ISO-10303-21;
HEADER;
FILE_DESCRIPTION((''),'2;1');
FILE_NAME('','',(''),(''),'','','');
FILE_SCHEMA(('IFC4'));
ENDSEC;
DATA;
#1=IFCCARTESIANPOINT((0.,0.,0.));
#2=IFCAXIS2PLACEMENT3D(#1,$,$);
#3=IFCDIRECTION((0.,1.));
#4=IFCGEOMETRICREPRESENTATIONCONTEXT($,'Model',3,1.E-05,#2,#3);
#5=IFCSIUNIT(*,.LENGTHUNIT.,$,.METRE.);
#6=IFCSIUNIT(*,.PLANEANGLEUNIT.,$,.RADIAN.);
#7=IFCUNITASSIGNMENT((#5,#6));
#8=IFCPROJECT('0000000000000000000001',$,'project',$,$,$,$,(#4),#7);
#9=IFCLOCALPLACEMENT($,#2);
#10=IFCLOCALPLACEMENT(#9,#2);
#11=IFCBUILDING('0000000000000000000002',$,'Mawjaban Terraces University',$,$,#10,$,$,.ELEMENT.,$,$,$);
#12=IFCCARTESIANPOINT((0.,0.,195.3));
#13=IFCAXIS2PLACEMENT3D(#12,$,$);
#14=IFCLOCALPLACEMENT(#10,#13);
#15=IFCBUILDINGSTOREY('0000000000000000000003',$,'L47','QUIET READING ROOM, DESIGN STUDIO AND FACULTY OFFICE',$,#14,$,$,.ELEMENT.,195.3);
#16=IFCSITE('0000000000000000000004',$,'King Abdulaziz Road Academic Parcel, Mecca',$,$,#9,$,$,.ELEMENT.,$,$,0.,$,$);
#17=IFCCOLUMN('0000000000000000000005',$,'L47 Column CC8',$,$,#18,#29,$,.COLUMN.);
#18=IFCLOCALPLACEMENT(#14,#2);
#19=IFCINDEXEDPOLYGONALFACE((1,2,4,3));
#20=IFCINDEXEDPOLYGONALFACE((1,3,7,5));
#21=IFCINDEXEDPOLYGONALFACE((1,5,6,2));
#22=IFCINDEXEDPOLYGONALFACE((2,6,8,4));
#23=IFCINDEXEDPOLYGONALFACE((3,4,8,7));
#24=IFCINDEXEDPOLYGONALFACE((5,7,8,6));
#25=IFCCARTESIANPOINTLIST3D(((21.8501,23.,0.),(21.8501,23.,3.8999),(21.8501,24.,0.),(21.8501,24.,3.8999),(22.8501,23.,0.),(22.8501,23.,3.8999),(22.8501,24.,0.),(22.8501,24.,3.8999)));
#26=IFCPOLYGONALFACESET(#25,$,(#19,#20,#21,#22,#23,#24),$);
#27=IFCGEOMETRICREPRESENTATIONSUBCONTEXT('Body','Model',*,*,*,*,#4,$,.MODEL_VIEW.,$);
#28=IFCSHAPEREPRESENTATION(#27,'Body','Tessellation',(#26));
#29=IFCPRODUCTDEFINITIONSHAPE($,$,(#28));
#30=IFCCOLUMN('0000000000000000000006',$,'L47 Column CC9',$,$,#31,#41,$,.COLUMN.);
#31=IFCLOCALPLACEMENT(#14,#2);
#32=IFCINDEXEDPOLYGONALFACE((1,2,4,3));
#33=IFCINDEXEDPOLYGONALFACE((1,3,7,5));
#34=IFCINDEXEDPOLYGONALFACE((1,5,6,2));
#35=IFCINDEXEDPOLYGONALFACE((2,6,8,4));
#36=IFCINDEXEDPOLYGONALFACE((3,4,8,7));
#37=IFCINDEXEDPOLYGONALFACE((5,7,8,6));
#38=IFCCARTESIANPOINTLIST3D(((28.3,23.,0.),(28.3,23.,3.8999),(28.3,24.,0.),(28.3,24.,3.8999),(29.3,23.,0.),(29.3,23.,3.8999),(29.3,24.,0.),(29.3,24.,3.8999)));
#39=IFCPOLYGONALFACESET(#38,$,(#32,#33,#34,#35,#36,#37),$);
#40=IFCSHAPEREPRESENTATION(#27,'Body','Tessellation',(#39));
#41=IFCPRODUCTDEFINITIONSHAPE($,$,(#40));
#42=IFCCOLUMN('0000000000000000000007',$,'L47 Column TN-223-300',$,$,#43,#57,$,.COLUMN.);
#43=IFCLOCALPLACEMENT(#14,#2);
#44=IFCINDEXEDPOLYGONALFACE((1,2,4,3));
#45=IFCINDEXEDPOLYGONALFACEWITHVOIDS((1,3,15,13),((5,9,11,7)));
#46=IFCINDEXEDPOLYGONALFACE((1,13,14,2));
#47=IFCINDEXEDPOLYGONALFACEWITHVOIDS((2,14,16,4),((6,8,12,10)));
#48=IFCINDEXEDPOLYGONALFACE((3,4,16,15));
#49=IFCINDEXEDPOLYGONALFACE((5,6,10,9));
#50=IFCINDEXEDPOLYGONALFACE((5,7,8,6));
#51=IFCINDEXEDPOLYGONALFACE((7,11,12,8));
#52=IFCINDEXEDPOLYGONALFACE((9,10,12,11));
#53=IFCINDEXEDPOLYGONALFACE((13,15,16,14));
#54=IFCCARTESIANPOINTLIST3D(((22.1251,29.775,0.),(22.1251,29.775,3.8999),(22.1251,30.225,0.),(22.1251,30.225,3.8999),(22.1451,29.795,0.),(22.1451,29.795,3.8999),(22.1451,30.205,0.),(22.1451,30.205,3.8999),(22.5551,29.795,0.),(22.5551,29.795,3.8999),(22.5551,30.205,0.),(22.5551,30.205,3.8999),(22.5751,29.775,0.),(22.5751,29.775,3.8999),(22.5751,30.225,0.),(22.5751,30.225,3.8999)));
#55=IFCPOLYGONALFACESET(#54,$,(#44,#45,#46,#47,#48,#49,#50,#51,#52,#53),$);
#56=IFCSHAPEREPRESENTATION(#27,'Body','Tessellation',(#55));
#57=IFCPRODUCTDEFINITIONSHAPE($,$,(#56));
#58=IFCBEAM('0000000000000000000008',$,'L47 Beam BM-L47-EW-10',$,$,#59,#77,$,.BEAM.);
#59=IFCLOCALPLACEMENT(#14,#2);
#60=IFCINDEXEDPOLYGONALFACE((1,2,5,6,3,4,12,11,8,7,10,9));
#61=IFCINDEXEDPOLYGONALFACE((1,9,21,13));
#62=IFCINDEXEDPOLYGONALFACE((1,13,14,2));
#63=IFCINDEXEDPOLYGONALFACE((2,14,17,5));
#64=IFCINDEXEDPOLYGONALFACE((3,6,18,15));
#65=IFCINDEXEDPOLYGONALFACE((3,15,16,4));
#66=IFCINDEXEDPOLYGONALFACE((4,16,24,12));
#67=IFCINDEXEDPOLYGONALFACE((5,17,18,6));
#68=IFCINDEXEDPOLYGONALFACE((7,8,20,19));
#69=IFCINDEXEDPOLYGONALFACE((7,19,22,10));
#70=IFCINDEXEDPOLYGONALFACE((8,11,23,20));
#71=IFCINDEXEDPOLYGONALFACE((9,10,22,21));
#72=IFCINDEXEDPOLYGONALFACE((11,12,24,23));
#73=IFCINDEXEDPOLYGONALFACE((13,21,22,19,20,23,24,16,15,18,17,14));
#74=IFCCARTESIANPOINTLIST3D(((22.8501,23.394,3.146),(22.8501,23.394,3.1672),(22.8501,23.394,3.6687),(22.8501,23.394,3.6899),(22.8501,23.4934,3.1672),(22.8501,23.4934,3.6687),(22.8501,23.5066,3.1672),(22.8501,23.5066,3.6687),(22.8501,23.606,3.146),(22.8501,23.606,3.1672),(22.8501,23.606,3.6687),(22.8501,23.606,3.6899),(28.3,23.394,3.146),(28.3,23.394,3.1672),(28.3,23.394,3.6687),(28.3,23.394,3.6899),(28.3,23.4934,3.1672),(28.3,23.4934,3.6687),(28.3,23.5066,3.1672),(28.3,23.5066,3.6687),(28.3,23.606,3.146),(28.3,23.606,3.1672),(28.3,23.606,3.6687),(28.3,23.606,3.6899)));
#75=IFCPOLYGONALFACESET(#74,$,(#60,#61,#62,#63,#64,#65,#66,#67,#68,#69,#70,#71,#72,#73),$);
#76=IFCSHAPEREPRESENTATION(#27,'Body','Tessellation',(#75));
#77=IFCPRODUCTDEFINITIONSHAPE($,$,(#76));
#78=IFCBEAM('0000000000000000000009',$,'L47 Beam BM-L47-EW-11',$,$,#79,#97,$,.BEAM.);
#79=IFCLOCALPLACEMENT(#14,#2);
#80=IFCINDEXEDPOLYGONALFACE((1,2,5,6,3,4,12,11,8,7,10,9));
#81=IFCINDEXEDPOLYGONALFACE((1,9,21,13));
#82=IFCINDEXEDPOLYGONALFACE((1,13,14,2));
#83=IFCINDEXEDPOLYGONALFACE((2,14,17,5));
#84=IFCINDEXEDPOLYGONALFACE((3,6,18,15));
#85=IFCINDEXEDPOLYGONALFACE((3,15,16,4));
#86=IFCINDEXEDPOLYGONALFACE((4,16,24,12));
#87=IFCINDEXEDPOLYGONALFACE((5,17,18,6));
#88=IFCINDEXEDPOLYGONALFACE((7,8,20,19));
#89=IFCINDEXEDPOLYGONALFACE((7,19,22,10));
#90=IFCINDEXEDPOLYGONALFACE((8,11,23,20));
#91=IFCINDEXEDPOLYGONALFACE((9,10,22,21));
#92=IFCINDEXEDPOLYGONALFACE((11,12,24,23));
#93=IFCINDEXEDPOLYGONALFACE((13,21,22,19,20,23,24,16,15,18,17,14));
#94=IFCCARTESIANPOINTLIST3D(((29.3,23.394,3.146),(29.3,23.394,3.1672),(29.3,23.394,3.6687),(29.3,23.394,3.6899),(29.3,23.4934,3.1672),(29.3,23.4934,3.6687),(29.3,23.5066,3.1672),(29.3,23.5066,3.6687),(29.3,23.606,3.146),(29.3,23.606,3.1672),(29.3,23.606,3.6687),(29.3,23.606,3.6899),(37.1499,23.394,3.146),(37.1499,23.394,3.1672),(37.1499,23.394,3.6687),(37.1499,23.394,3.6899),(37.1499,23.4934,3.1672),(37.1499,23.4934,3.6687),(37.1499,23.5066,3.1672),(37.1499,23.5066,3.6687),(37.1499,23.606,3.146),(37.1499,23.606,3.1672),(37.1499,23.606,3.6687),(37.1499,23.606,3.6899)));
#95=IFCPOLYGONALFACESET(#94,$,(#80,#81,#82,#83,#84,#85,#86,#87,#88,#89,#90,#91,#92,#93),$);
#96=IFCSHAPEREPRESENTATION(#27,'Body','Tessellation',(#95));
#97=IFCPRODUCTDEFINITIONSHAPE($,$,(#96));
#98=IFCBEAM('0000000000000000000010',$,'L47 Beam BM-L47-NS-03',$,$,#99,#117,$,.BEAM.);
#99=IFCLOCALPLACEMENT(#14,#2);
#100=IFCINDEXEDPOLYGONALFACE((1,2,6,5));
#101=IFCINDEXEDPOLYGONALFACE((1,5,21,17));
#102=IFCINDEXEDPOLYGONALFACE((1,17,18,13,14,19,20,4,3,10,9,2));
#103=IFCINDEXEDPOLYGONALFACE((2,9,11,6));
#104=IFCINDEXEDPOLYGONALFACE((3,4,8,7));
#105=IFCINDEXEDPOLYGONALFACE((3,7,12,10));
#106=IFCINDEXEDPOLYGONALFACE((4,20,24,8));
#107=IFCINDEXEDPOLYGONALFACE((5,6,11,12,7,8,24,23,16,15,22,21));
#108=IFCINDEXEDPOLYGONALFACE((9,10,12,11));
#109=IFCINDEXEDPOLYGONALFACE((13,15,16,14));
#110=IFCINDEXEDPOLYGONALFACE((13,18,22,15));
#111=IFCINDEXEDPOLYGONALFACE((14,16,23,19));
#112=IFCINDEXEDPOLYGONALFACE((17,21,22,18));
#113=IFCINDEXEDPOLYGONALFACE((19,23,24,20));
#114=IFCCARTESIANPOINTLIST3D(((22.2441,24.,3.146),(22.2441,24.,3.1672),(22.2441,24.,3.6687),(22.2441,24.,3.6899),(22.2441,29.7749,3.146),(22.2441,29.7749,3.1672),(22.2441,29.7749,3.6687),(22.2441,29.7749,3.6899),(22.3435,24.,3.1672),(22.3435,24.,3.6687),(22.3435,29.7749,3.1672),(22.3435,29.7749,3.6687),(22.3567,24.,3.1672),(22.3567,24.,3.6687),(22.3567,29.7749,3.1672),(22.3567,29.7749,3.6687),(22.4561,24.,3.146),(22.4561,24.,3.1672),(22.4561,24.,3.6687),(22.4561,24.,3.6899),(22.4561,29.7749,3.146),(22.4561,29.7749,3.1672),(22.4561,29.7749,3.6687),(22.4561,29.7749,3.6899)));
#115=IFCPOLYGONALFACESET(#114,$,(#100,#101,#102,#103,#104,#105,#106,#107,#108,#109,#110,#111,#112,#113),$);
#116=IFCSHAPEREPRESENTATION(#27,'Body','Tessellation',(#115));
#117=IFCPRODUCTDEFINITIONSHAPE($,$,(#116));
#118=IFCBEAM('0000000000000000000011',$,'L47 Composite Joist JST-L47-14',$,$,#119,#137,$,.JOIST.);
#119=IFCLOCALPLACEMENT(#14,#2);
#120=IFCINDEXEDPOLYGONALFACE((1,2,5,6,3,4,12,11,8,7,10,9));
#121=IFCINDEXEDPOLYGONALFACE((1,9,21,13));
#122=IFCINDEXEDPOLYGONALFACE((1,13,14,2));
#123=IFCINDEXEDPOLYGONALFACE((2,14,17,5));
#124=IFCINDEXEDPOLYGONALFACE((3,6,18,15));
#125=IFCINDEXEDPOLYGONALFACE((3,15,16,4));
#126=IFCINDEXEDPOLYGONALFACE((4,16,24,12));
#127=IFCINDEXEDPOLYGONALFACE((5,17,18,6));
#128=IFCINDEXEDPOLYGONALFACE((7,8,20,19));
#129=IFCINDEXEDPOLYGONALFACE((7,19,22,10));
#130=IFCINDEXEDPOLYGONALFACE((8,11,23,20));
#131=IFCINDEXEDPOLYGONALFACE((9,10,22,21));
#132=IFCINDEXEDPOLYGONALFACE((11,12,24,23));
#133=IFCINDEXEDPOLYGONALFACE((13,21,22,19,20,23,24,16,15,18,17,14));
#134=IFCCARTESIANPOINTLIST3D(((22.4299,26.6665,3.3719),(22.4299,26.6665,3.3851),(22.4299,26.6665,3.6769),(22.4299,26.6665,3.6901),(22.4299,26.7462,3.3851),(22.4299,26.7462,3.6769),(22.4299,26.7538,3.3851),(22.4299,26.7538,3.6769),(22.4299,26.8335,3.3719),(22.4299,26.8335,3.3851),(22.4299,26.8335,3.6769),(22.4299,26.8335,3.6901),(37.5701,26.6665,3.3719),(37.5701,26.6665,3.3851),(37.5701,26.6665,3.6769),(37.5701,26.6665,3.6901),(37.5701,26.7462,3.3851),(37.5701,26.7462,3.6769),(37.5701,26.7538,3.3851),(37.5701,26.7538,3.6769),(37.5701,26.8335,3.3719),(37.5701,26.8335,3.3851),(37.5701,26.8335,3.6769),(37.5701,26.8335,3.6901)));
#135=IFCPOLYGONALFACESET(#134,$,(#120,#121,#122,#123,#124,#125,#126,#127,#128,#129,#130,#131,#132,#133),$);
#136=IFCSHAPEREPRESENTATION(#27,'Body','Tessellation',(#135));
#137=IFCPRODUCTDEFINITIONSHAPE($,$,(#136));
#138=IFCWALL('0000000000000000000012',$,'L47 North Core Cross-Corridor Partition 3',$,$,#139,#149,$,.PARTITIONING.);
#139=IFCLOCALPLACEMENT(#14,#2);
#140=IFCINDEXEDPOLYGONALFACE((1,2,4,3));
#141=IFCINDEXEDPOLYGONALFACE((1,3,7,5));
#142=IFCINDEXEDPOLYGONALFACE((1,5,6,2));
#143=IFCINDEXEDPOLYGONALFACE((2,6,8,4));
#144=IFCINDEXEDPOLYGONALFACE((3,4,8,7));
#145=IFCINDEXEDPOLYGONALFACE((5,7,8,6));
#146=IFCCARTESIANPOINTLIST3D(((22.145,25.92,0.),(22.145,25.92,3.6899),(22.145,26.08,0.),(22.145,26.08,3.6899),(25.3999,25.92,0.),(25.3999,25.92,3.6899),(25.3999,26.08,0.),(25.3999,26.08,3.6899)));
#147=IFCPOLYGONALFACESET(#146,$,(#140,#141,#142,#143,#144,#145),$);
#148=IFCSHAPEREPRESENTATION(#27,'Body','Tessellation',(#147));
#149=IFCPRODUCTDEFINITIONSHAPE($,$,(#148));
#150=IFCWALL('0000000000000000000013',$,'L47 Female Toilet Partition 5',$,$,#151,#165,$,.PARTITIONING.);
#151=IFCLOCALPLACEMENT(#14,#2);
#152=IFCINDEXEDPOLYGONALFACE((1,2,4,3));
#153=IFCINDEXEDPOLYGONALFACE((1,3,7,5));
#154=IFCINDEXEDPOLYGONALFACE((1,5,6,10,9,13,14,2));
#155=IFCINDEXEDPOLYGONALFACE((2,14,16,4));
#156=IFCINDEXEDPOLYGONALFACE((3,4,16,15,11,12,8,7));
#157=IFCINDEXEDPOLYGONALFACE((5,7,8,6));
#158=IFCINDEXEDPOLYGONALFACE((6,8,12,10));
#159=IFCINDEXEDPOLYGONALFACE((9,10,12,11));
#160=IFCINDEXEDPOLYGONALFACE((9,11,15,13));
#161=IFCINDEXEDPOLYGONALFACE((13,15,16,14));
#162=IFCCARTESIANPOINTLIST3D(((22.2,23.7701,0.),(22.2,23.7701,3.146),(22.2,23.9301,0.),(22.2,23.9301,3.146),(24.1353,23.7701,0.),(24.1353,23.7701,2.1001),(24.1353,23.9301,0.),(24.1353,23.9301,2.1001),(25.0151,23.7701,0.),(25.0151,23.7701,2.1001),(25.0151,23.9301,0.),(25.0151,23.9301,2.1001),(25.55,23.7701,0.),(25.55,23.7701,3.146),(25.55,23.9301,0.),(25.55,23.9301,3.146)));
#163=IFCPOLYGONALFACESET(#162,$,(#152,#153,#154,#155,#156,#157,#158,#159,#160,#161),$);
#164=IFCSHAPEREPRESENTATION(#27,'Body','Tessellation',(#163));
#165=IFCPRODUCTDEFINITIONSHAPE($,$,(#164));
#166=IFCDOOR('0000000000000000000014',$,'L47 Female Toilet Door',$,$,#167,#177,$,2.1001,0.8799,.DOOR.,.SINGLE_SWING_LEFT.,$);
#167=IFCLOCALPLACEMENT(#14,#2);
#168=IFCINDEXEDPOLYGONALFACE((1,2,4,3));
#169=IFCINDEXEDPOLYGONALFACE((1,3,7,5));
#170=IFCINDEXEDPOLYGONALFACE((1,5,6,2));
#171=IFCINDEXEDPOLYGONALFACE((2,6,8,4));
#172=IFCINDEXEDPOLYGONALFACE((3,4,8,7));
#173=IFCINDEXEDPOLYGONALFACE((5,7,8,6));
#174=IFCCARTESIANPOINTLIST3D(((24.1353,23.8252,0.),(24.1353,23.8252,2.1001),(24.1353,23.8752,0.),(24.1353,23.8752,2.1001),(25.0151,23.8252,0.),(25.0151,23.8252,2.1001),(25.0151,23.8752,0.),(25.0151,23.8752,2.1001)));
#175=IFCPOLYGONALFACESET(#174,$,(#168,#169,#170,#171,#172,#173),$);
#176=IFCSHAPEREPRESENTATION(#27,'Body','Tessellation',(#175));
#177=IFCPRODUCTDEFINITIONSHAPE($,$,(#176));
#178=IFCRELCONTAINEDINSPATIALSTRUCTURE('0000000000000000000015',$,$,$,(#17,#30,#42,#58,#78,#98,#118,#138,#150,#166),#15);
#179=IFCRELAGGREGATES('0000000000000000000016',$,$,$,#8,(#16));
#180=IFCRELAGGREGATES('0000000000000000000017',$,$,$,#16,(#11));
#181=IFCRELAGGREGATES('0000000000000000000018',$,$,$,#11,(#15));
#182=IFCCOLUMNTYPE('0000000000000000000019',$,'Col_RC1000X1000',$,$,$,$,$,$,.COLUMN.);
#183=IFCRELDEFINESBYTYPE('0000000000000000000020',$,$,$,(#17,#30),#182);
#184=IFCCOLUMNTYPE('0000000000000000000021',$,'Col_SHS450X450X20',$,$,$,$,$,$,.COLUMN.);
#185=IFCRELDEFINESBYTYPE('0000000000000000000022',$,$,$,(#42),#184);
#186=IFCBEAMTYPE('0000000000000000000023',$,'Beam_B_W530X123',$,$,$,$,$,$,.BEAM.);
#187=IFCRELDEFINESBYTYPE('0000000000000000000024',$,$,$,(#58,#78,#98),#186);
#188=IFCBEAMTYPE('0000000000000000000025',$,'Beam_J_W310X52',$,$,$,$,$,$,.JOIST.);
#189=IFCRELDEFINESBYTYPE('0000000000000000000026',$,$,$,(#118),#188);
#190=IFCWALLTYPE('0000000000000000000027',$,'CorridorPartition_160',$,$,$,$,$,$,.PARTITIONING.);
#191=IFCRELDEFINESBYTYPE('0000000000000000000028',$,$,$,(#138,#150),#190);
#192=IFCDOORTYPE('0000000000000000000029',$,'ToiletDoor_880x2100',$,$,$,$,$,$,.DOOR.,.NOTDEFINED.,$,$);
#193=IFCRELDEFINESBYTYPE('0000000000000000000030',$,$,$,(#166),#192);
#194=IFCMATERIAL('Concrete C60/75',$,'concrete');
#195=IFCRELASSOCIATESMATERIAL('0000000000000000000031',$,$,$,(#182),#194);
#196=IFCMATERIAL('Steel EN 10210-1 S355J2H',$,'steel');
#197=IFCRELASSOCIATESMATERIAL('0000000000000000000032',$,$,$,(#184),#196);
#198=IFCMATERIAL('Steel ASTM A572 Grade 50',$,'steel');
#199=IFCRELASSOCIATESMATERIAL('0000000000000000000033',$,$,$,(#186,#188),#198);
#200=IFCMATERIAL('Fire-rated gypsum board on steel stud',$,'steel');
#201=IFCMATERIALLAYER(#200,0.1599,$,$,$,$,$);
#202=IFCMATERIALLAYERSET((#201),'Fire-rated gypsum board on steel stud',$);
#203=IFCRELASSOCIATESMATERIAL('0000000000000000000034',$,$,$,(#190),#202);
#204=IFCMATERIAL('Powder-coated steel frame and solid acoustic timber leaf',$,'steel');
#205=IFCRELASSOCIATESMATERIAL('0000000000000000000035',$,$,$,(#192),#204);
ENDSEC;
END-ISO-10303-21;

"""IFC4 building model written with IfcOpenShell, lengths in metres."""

from ifc_helpers import new_model, si_unit, direction, frame, frame_2d, origin, origin_2d, place, context, subcontext, project, spatial, rectangle, hollow_rectangle, i_section, extrude, material, layer, layer_set, material_profile, profile_set, type_object, element, fill, save


model = new_model("IFC4")

# Units and contexts
model_context = context("Model", 3, precision=1e-05, world=origin(), true_north=direction((0.0, 1.0)))
body_context = subcontext(model_context, "Body", "Model", "MODEL_VIEW")
ifc_project = project(units=[si_unit("LENGTHUNIT", "METRE"), si_unit("PLANEANGLEUNIT", "RADIAN")], contexts=[model_context])

# Site, building, storey
site_placement = place(None, origin())
site = spatial("IfcSite", under=ifc_project, at=site_placement, Name="King Abdulaziz Road Academic Parcel, Mecca", CompositionType="ELEMENT", RefElevation=0.0)
building_placement = place(site_placement, origin())
building = spatial("IfcBuilding", under=site, at=building_placement, Name="Mawjaban Terraces University", CompositionType="ELEMENT")
storey_placement = place(building_placement, frame((0.0, 0.0, 195.3)))
storey = spatial("IfcBuildingStorey", under=building, at=storey_placement, Name="L47", Description="QUIET READING ROOM, DESIGN STUDIO AND FACULTY OFFICE", CompositionType="ELEMENT", Elevation=195.3)

# Columns
ifc_material_1 = material(Name="Concrete C60/75", Category="concrete")
ifc_material_profile_1 = material_profile(ifc_material_1, rectangle(XDim=1.0, YDim=1.0, at=origin_2d()), Name="RC1000X1000")
ifc_profile_set_1 = profile_set([ifc_material_profile_1], Name="Concrete C60/75")
column_type_1 = type_object("IfcColumnType", Name="Col_RC1000X1000", PredefinedType="COLUMN", material=ifc_profile_set_1)
for number, where, z_axis, x_axis, name in (
    (1, (22.3501, 23.5, 0.0), (0.0, 0.0, 1.0), (1.0, 0.0, 0.0), "L47 Column CC8"),
    (2, (28.8, 23.5, 0.0), (0.0, 0.0, 1.0), (1.0, 0.0, 0.0), "L47 Column CC9"),
):
    element("IfcColumn", number, at=place(storey_placement, frame(where, z_axis=z_axis, x_axis=x_axis)), inside=storey, type_object=column_type_1, Name=name, PredefinedType="COLUMN", context=body_context, shape_type="SweptSolid", body=[
        extrude(rectangle(XDim=1.0, YDim=1.0, at=origin_2d()), origin(), (0.0, 0.0, 1.0), 3.8999),
    ])
ifc_material_2 = material(Name="Steel EN 10210-1 S355J2H", Category="steel")
ifc_material_profile_2 = material_profile(ifc_material_2, hollow_rectangle(XDim=0.45, YDim=0.45, WallThickness=0.02, at=origin_2d()), Name="SHS450X450X20")
ifc_profile_set_2 = profile_set([ifc_material_profile_2], Name="Steel EN 10210-1 S355J2H")
column_type_2 = type_object("IfcColumnType", Name="Col_SHS450X450X20", PredefinedType="COLUMN", material=ifc_profile_set_2)
column_placement = place(storey_placement, frame((22.3501, 30.0, 0.0), z_axis=(0.0, 0.0, 1.0), x_axis=(1.0, 0.0, 0.0)))
element("IfcColumn", 3, at=column_placement, inside=storey, type_object=column_type_2, Name="L47 Column TN-223-300", PredefinedType="COLUMN", context=body_context, shape_type="SweptSolid", body=[
    extrude(hollow_rectangle(XDim=0.45, YDim=0.45, WallThickness=0.02, at=origin_2d()), origin(), (0.0, 0.0, 1.0), 3.8999),
])

# Beams
ifc_material_3 = material(Name="Steel ASTM A572 Grade 50", Category="steel")
ifc_material_profile_3 = material_profile(ifc_material_3, i_section(OverallWidth=0.2119, OverallDepth=0.5439, WebThickness=0.0132, FlangeThickness=0.0212, at=origin_2d()), Name="W530X123")
ifc_profile_set_3 = profile_set([ifc_material_profile_3], Name="Steel ASTM A572 Grade 50")
beam_type_1 = type_object("IfcBeamType", Name="Beam_B_W530X123", PredefinedType="BEAM", material=ifc_profile_set_3)
beam_1_placement = place(storey_placement, frame((22.8501, 23.5, 3.418), z_axis=(1.0, 0.0, 0.0), x_axis=(0.0, 1.0, 0.0)))
element("IfcBeam", 4, at=beam_1_placement, inside=storey, type_object=beam_type_1, Name="L47 Beam BM-L47-EW-10", PredefinedType="BEAM", context=body_context, shape_type="SweptSolid", body=[
    extrude(i_section(OverallWidth=0.2119, OverallDepth=0.5439, WebThickness=0.0132, FlangeThickness=0.0212, at=origin_2d()), origin(), (0.0, 0.0, 1.0), 5.45),
])
beam_2_placement = place(storey_placement, frame((29.3, 23.5, 3.418), z_axis=(1.0, 0.0, 0.0), x_axis=(0.0, 1.0, 0.0)))
element("IfcBeam", 5, at=beam_2_placement, inside=storey, type_object=beam_type_1, Name="L47 Beam BM-L47-EW-11", PredefinedType="BEAM", context=body_context, shape_type="SweptSolid", body=[
    extrude(i_section(OverallWidth=0.2119, OverallDepth=0.5439, WebThickness=0.0132, FlangeThickness=0.0212, at=origin_2d()), origin(), (0.0, 0.0, 1.0), 7.8499),
])
beam_3_placement = place(storey_placement, frame((22.3501, 24.0, 3.418), z_axis=(0.0, 1.0, 0.0), x_axis=(-1.0, 0.0, 0.0)))
element("IfcBeam", 6, at=beam_3_placement, inside=storey, type_object=beam_type_1, Name="L47 Beam BM-L47-NS-03", PredefinedType="BEAM", context=body_context, shape_type="SweptSolid", body=[
    extrude(i_section(OverallWidth=0.2119, OverallDepth=0.5439, WebThickness=0.0132, FlangeThickness=0.0212, at=origin_2d()), origin(), (0.0, 0.0, 1.0), 5.7749),
])
ifc_material_profile_4 = material_profile(ifc_material_3, i_section(OverallWidth=0.167, OverallDepth=0.3181, WebThickness=0.0076, FlangeThickness=0.0132, at=origin_2d()), Name="W310X52")
ifc_profile_set_4 = profile_set([ifc_material_profile_4], Name="Steel ASTM A572 Grade 50")
beam_type_2 = type_object("IfcBeamType", Name="Beam_J_W310X52", PredefinedType="JOIST", material=ifc_profile_set_4)
beam_4_placement = place(storey_placement, frame((22.4299, 26.75, 3.531), z_axis=(1.0, 0.0, 0.0), x_axis=(0.0, 1.0, 0.0)))
element("IfcBeam", 7, at=beam_4_placement, inside=storey, type_object=beam_type_2, Name="L47 Composite Joist JST-L47-14", PredefinedType="JOIST", context=body_context, shape_type="SweptSolid", body=[
    extrude(i_section(OverallWidth=0.167, OverallDepth=0.3181, WebThickness=0.0076, FlangeThickness=0.0132, at=origin_2d()), origin(), (0.0, 0.0, 1.0), 15.1401),
])

# Wall
ifc_material_4 = material(Name="Fire-rated gypsum board on steel stud", Category="steel")
ifc_layer_1 = layer(ifc_material_4, 0.1599)
ifc_layer_set_1 = layer_set([ifc_layer_1], Name="Fire-rated gypsum board on steel stud")
wall_type_1 = type_object("IfcWallType", Name="CorridorPartition_160", PredefinedType="PARTITIONING", material=ifc_layer_set_1)
wall_1_placement = place(storey_placement, frame((25.3999, 26.0, 0.0), z_axis=(0.0, 0.0, 1.0), x_axis=(-1.0, 0.0, 0.0)))
element("IfcWall", 8, at=wall_1_placement, inside=storey, type_object=wall_type_1, Name="L47 North Core Cross-Corridor Partition 3", PredefinedType="PARTITIONING", context=body_context, shape_type="SweptSolid", body=[
    extrude(rectangle(XDim=3.2549, YDim=0.1599, at=frame_2d((1.6274, 0.0))), origin(), (0.0, 0.0, 1.0), 3.6899),
])

# Wall, opening, door
wall_2_placement = place(storey_placement, frame((25.55, 23.8501, 0.0), z_axis=(0.0, 0.0, 1.0), x_axis=(-1.0, 0.0, 0.0)))
wall_2 = element("IfcWall", 9, at=wall_2_placement, inside=storey, type_object=wall_type_1, Name="L47 Female Toilet Partition 5", PredefinedType="PARTITIONING", context=body_context, shape_type="SweptSolid", body=[
    extrude(rectangle(XDim=3.3501, YDim=0.1599, at=frame_2d((1.675, 0.0))), origin(), (0.0, 0.0, 1.0), 3.146),
])
opening_1_placement = place(wall_2_placement, frame((0.5349, 0.0, 0.0)))
opening_1 = element("IfcOpeningElement", 10, at=opening_1_placement, cuts=wall_2, PredefinedType="OPENING", context=body_context, shape_type="SweptSolid", body=[
    extrude(rectangle(XDim=0.8799, YDim=2.1001, at=frame_2d((0.4399, 1.05))), frame((0.0, 0.0898, 0.0), z_axis=(0.0, -1.0, 0.0), x_axis=(1.0, 0.0, 0.0)), (0.0, 0.0, 1.0), 0.1799),
])
ifc_material_5 = material(Name="Powder-coated steel frame and solid acoustic timber leaf", Category="steel")
door_type_1 = type_object("IfcDoorType", Name="ToiletDoor_880x2100", OperationType="NOTDEFINED", PredefinedType="DOOR", material=ifc_material_5)
door_1_placement = place(opening_1_placement, origin())
door_1 = element("IfcDoor", 11, at=door_1_placement, inside=storey, type_object=door_type_1, Name="L47 Female Toilet Door", OperationType="SINGLE_SWING_LEFT", OverallHeight=2.1001, OverallWidth=0.8799, PredefinedType="DOOR", context=body_context, shape_type="SweptSolid", body=[
    extrude(rectangle(XDim=0.8799, YDim=2.1001, at=frame_2d((0.4399, 1.05))), frame((0.0, 0.0249, 0.0), z_axis=(0.0, -1.0, 0.0), x_axis=(1.0, 0.0, 0.0)), (0.0, 0.0, 1.0), 0.05),
])
fill(opening_1, door_1)

save(model, "model.ifc")
